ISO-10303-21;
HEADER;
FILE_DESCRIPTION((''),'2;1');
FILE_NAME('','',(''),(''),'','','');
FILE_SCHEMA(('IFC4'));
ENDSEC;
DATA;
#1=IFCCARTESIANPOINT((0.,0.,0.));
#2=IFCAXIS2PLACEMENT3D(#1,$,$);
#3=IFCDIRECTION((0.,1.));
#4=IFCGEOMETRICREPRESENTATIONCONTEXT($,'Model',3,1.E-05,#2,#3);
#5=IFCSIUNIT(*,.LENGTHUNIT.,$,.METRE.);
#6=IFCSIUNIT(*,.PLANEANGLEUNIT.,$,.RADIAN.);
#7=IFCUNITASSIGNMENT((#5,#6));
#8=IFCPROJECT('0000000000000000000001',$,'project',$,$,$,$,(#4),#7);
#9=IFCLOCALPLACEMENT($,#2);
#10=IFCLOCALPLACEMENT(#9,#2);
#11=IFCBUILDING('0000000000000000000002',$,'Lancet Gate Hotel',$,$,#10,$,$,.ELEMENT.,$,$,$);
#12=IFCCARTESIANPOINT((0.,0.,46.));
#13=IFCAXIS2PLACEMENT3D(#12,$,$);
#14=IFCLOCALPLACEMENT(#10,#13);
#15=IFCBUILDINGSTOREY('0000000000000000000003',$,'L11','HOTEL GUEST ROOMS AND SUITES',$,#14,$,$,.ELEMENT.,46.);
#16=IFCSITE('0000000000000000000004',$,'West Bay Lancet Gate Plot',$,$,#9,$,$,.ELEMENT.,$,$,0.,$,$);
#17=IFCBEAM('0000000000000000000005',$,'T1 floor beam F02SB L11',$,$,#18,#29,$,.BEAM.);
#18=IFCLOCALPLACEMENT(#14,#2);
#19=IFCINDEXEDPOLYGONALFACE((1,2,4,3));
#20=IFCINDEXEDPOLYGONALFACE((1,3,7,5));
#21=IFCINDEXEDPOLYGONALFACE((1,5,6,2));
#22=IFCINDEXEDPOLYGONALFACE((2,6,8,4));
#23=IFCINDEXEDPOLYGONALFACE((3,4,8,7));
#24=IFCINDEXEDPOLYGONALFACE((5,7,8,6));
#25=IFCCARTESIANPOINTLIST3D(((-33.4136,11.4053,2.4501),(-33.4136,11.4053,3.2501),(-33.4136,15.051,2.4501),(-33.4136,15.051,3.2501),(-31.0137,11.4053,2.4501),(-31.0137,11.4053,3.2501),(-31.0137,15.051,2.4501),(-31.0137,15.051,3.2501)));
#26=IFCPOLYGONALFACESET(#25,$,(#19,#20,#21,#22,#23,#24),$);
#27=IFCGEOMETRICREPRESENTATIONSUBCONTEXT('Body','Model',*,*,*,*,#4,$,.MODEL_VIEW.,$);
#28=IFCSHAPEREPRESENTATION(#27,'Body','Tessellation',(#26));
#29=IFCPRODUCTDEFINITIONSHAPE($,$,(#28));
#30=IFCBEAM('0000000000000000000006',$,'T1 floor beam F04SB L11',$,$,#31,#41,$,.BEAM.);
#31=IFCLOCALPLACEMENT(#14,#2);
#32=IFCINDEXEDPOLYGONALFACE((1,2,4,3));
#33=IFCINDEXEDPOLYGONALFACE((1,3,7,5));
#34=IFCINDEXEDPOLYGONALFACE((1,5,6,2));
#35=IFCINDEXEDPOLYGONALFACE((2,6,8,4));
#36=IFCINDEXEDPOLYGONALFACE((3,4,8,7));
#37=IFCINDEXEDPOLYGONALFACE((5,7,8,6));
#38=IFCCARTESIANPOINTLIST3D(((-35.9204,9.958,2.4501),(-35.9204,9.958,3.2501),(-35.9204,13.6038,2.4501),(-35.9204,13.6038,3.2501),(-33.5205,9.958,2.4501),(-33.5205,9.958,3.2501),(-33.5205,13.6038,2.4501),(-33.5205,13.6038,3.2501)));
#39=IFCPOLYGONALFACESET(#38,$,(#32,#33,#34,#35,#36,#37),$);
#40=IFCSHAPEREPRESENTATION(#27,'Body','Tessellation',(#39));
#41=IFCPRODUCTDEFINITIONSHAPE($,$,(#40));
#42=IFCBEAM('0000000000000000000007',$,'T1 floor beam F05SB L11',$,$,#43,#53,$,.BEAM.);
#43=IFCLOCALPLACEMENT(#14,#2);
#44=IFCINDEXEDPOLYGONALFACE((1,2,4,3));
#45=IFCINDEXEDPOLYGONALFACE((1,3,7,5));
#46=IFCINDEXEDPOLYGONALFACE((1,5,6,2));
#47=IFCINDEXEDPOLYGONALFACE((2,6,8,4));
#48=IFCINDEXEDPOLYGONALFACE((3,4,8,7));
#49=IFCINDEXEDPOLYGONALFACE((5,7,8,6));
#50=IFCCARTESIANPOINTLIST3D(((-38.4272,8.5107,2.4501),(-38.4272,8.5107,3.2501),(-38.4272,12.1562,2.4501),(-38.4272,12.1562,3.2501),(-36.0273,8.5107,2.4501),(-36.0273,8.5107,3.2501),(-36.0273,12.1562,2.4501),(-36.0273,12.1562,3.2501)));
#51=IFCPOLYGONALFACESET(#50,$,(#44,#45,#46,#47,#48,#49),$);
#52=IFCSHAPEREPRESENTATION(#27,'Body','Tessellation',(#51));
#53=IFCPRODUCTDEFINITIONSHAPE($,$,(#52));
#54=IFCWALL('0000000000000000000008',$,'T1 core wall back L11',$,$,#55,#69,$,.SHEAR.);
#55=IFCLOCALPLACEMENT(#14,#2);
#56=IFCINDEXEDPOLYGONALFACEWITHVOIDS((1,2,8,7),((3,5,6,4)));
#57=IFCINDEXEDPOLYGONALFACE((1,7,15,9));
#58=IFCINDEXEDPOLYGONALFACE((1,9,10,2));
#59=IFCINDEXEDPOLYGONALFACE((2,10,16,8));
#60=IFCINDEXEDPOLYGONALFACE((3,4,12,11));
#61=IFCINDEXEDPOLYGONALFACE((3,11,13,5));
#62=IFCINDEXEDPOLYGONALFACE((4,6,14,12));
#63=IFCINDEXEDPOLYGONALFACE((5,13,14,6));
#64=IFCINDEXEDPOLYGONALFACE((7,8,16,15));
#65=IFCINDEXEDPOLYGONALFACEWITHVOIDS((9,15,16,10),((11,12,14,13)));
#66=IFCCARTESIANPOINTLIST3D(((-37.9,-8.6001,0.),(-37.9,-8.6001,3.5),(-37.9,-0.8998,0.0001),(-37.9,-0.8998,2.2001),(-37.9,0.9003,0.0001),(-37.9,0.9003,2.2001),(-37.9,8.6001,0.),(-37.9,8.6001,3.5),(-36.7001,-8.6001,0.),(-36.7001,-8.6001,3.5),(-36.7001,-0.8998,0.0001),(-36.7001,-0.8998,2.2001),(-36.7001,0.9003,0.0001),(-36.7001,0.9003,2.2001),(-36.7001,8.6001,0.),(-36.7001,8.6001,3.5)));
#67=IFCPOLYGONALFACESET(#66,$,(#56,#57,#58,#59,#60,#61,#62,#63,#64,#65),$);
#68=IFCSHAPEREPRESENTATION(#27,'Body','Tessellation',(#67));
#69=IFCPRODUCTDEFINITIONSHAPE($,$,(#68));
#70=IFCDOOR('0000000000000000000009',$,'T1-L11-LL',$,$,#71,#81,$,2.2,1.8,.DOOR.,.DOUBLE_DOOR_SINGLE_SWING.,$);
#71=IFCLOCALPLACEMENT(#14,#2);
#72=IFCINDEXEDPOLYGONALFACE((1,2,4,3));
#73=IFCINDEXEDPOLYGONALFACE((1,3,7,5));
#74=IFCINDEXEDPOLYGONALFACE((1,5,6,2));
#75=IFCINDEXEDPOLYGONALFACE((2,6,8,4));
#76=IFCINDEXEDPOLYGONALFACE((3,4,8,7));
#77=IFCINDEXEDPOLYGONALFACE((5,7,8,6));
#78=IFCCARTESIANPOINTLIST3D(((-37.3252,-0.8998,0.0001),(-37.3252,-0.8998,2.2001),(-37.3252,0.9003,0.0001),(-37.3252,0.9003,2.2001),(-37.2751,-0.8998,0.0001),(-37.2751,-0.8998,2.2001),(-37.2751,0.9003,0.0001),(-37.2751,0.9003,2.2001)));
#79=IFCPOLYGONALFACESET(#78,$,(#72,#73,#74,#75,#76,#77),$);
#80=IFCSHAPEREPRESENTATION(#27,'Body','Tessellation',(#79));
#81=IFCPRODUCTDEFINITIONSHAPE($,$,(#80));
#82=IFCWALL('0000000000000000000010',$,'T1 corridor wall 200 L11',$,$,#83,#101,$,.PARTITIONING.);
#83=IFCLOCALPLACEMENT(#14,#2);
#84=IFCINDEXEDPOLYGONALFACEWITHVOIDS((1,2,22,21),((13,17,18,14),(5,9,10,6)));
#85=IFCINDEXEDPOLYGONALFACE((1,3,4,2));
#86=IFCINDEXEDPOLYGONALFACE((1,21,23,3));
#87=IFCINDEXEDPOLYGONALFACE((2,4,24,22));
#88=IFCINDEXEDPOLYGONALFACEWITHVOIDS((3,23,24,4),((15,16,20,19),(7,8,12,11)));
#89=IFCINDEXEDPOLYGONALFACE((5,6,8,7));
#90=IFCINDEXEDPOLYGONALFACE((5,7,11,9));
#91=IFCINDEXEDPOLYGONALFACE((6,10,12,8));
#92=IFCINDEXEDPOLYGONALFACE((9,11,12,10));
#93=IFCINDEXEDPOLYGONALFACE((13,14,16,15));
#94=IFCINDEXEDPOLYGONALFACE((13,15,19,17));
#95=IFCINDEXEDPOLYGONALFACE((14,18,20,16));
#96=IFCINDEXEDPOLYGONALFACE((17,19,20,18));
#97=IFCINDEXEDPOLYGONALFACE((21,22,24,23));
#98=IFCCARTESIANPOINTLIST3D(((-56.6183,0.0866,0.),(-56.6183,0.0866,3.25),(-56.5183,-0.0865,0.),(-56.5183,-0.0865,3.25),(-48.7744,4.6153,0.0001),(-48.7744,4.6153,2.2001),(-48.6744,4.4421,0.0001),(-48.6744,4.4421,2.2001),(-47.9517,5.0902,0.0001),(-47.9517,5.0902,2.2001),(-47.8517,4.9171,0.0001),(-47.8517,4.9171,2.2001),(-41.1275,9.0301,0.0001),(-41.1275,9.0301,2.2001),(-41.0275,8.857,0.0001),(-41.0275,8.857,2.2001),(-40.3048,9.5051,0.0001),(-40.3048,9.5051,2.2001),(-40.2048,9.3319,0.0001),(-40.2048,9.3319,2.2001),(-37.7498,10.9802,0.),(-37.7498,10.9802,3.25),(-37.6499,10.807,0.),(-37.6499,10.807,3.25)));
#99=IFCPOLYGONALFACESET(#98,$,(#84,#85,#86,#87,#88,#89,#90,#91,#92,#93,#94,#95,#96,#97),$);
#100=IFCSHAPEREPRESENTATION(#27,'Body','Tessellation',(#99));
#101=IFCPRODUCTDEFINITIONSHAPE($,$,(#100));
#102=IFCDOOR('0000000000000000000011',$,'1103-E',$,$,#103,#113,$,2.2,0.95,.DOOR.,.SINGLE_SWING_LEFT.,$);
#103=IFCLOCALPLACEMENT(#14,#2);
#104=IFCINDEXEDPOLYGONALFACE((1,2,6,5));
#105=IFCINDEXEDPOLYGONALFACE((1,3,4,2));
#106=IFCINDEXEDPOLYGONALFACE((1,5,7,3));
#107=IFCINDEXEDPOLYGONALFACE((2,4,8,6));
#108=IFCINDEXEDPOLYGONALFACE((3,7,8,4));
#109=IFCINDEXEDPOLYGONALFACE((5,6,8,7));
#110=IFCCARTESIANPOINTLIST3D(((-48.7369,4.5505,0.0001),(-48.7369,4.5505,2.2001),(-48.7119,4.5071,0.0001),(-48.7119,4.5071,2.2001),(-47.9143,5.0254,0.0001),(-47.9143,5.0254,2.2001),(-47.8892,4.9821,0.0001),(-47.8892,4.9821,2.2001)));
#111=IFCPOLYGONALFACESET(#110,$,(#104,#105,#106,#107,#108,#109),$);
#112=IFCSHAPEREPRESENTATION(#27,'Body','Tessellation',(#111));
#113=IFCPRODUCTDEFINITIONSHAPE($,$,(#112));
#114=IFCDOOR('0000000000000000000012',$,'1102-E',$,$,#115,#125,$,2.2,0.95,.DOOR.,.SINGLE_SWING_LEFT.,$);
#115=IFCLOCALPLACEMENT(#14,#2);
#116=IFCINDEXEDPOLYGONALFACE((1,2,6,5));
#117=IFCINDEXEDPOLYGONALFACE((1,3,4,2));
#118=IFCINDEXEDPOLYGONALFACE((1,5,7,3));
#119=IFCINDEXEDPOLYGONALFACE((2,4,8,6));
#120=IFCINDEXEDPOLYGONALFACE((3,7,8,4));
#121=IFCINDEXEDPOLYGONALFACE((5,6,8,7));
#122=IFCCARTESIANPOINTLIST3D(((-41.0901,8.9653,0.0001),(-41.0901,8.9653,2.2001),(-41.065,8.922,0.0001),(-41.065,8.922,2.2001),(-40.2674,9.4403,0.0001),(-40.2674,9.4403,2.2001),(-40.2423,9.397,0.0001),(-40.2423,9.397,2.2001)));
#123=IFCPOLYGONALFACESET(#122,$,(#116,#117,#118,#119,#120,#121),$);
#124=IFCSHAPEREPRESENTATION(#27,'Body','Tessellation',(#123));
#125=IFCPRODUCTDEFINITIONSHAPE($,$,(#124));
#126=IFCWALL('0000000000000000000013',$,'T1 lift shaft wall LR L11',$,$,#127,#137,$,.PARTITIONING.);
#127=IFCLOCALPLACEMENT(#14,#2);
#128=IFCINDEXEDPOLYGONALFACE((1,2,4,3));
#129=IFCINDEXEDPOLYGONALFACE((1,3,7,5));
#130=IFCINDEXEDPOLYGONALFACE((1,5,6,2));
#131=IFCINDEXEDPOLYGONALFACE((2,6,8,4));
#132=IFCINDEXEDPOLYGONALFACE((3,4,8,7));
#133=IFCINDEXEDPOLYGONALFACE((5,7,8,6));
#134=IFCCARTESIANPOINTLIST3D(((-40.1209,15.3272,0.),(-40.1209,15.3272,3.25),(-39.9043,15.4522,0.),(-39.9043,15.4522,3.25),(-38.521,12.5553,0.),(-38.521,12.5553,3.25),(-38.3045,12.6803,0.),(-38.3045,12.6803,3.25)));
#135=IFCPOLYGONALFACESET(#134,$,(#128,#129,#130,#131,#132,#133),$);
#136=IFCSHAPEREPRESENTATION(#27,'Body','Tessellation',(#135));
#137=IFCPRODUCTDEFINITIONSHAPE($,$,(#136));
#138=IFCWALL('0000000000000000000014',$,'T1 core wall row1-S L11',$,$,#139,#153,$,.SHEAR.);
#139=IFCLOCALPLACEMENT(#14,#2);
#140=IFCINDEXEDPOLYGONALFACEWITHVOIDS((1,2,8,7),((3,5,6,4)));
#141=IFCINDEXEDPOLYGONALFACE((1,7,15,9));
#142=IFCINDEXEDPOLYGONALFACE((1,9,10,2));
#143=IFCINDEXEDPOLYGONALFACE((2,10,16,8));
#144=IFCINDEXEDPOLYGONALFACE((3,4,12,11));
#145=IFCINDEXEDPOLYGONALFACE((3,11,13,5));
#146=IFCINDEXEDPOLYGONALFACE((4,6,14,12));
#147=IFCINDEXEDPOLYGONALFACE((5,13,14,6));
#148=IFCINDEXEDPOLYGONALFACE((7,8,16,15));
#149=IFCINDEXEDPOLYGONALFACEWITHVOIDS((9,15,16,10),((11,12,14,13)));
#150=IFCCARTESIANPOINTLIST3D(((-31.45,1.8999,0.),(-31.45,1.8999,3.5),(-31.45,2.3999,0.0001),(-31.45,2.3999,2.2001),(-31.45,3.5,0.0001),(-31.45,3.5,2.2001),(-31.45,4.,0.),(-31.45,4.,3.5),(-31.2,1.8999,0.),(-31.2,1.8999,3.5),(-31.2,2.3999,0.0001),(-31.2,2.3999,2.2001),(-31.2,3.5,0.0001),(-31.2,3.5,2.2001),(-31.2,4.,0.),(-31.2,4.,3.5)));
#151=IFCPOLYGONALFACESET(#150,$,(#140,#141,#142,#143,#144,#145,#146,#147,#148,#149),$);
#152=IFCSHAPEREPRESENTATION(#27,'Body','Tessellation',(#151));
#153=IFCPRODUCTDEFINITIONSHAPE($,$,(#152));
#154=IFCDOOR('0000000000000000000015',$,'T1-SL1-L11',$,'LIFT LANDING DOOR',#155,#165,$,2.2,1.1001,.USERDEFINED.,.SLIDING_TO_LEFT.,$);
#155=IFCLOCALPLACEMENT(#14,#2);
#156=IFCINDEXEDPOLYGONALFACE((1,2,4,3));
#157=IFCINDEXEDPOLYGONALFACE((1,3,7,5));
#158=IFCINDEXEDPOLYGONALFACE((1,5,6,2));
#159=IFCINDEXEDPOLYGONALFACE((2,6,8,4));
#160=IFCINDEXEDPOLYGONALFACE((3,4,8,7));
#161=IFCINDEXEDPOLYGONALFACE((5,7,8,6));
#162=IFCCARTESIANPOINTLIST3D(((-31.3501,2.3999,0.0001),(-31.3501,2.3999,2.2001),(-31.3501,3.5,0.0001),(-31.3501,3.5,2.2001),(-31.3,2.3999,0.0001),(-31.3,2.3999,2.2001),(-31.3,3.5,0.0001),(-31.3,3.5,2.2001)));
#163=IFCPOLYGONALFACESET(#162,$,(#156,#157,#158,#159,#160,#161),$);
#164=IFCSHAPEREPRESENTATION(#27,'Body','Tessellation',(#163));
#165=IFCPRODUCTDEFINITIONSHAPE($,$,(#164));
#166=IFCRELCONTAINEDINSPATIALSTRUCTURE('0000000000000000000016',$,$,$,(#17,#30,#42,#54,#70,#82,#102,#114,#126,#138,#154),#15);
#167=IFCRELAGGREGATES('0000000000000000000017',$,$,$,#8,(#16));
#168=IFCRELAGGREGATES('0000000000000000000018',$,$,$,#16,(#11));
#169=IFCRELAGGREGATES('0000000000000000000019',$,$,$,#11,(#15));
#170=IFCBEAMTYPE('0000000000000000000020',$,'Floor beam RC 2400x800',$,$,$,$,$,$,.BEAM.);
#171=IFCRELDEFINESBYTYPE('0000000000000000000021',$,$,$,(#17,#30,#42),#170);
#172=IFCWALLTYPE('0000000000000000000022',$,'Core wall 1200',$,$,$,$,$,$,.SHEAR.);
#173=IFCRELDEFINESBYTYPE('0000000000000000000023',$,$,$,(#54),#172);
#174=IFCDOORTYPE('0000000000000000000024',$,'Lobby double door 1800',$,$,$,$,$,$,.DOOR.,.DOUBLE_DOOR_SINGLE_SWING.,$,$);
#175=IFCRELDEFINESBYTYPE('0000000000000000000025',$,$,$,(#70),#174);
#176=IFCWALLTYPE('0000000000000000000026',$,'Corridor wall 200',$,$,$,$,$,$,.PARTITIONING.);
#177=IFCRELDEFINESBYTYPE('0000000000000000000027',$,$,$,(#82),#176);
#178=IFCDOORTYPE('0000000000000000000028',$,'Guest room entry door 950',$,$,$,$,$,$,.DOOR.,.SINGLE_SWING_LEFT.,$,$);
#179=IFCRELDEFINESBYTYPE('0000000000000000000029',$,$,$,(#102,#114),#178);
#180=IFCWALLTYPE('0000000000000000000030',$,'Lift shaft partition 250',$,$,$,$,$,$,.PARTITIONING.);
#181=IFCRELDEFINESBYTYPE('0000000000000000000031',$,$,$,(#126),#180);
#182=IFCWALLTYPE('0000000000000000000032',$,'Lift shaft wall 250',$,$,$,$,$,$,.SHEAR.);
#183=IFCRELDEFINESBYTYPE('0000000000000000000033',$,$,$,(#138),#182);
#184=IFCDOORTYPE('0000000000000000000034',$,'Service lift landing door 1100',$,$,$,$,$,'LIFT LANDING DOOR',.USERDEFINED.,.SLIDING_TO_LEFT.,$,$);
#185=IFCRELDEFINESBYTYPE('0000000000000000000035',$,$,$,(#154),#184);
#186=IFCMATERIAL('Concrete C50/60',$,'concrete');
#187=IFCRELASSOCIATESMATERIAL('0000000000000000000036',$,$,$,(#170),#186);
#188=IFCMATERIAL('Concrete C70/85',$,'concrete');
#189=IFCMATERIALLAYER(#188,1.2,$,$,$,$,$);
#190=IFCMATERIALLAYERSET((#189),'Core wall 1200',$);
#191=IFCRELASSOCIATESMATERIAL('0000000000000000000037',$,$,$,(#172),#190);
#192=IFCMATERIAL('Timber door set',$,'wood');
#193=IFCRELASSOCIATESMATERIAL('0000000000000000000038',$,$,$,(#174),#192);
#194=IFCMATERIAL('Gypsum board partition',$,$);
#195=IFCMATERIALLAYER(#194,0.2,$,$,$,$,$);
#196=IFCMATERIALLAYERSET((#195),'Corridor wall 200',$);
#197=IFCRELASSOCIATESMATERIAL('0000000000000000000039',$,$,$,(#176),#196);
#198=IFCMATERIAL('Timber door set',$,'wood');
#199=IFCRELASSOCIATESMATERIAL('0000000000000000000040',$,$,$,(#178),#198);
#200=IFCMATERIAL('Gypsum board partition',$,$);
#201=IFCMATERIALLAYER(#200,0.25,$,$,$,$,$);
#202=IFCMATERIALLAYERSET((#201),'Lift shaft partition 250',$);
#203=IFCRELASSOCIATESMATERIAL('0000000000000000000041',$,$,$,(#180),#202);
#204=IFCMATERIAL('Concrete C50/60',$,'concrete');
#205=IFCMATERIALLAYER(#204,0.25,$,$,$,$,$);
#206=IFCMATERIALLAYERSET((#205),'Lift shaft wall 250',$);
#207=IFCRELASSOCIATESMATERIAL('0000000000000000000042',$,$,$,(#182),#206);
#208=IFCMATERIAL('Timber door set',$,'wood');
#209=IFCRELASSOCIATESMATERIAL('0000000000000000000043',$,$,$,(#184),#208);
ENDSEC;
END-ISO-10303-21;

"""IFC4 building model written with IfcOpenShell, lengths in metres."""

from ifc_helpers import new_model, si_unit, direction, frame, frame_2d, origin, origin_2d, place, context, subcontext, project, spatial, rectangle, extrude, material, layer, layer_set, material_profile, profile_set, type_object, element, fill, save


model = new_model("IFC4")

# Units and contexts
model_context = context("Model", 3, precision=1e-05, world=origin(), true_north=direction((0.0, 1.0)))
body_context = subcontext(model_context, "Body", "Model", "MODEL_VIEW")
ifc_project = project(units=[si_unit("LENGTHUNIT", "METRE"), si_unit("PLANEANGLEUNIT", "RADIAN")], contexts=[model_context])

# Site, building, storey
site_placement = place(None, origin())
site = spatial("IfcSite", under=ifc_project, at=site_placement, Name="West Bay Lancet Gate Plot", CompositionType="ELEMENT", RefElevation=0.0)
building_placement = place(site_placement, origin())
building = spatial("IfcBuilding", under=site, at=building_placement, Name="Lancet Gate Hotel", CompositionType="ELEMENT")
storey_placement = place(building_placement, frame((0.0, 0.0, 46.0)))
storey = spatial("IfcBuildingStorey", under=building, at=storey_placement, Name="L11", Description="HOTEL GUEST ROOMS AND SUITES", CompositionType="ELEMENT", Elevation=46.0)

# Beams
ifc_material_1 = material(Name="Concrete C50/60", Category="concrete")
ifc_material_profile = material_profile(ifc_material_1, rectangle(XDim=2.3999, YDim=0.8, at=origin_2d()), Name="RC 2400x800")
ifc_profile_set = profile_set([ifc_material_profile], Name="Concrete C50/60")
beam_type = type_object("IfcBeamType", Name="Floor beam RC 2400x800", PredefinedType="BEAM", material=ifc_profile_set)
for number, where, z_axis, x_axis, name in (
    (1, (-32.2136, 15.051, 2.8501), (0.0, -1.0, 0.0), (1.0, 0.0, 0.0), "T1 floor beam F02SB L11"),
    (2, (-34.7205, 13.6038, 2.8501), (0.0, -1.0, 0.0), (1.0, 0.0, 0.0), "T1 floor beam F04SB L11"),
):
    element("IfcBeam", number, at=place(storey_placement, frame(where, z_axis=z_axis, x_axis=x_axis)), inside=storey, type_object=beam_type, Name=name, PredefinedType="BEAM", context=body_context, shape_type="SweptSolid", body=[
        extrude(rectangle(XDim=2.3999, YDim=0.8, at=origin_2d()), origin(), (0.0, 0.0, 1.0), 3.6458),
    ])
beam_placement = place(storey_placement, frame((-37.2273, 12.1562, 2.8501), z_axis=(0.0, -1.0, 0.0), x_axis=(1.0, 0.0, 0.0)))
element("IfcBeam", 3, at=beam_placement, inside=storey, type_object=beam_type, Name="T1 floor beam F05SB L11", PredefinedType="BEAM", context=body_context, shape_type="SweptSolid", body=[
    extrude(rectangle(XDim=2.3999, YDim=0.8, at=origin_2d()), origin(), (0.0, 0.0, 1.0), 3.6455),
])

# Wall, opening, door
ifc_material_2 = material(Name="Concrete C70/85", Category="concrete")
ifc_layer_1 = layer(ifc_material_2, 1.2)
ifc_layer_set_1 = layer_set([ifc_layer_1], Name="Core wall 1200")
wall_type_1 = type_object("IfcWallType", Name="Core wall 1200", PredefinedType="SHEAR", material=ifc_layer_set_1)
wall_1_placement = place(storey_placement, frame((-37.3, 8.6001, 0.0), z_axis=(0.0, 0.0, 1.0), x_axis=(0.0, -1.0, 0.0)))
wall_1 = element("IfcWall", 4, at=wall_1_placement, inside=storey, type_object=wall_type_1, Name="T1 core wall back L11", PredefinedType="SHEAR", context=body_context, shape_type="SweptSolid", body=[
    extrude(rectangle(XDim=17.2002, YDim=1.2, at=frame_2d((8.6001, 0.0))), origin(), (0.0, 0.0, 1.0), 3.5),
])
opening_1_placement = place(wall_1_placement, frame((7.7, 0.0, 0.0)))
opening_1 = element("IfcOpeningElement", 5, at=opening_1_placement, cuts=wall_1, PredefinedType="OPENING", context=body_context, shape_type="SweptSolid", body=[
    extrude(rectangle(XDim=1.8, YDim=2.2, at=frame_2d((0.8999, 1.1001))), frame((0.0, 0.6099, 0.0), z_axis=(0.0, -1.0, 0.0), x_axis=(1.0, 0.0, 0.0)), (0.0, 0.0, 1.0), 1.22),
])
ifc_material_3 = material(Name="Timber door set", Category="wood")
door_type_1 = type_object("IfcDoorType", Name="Lobby double door 1800", OperationType="DOUBLE_DOOR_SINGLE_SWING", PredefinedType="DOOR", material=ifc_material_3)
door_1_placement = place(opening_1_placement, origin())
door_1 = element("IfcDoor", 6, at=door_1_placement, inside=storey, type_object=door_type_1, Name="T1-L11-LL", OperationType="DOUBLE_DOOR_SINGLE_SWING", OverallHeight=2.2, OverallWidth=1.8, PredefinedType="DOOR", context=body_context, shape_type="SweptSolid", body=[
    extrude(rectangle(XDim=1.8, YDim=2.2, at=frame_2d((0.8999, 1.1001))), frame((0.0, 0.0249, 0.0), z_axis=(0.0, -1.0, 0.0), x_axis=(1.0, 0.0, 0.0)), (0.0, 0.0, 1.0), 0.05),
])
fill(opening_1, door_1)

# Wall, openings, doors
ifc_material_4 = material(Name="Gypsum board partition")
ifc_layer_2 = layer(ifc_material_4, 0.2)
ifc_layer_set_2 = layer_set([ifc_layer_2], Name="Corridor wall 200")
wall_type_2 = type_object("IfcWallType", Name="Corridor wall 200", PredefinedType="PARTITIONING", material=ifc_layer_set_2)
wall_2_placement = place(storey_placement, frame((-37.7, 10.8936, 0.0), z_axis=(0.0, 0.0, 1.0), x_axis=(-0.866028, -0.499996, 0.0)))
wall_2 = element("IfcWall", 7, at=wall_2_placement, inside=storey, type_object=wall_type_2, Name="T1 corridor wall 200 L11", PredefinedType="PARTITIONING", context=body_context, shape_type="SweptSolid", body=[
    extrude(rectangle(XDim=21.7874, YDim=0.2, at=frame_2d((10.8936, 0.0))), origin(), (0.0, 0.0, 1.0), 3.25),
])
opening_2_placement = place(wall_2_placement, frame((11.7798, 0.0, 0.0)))
opening_2 = element("IfcOpeningElement", 8, at=opening_2_placement, cuts=wall_2, PredefinedType="OPENING", context=body_context, shape_type="SweptSolid", body=[
    extrude(rectangle(XDim=0.95, YDim=2.2, at=frame_2d((0.4751, 1.1001))), frame((0.0, 0.1099, 0.0), z_axis=(0.0, -1.0, 0.0), x_axis=(1.0, 0.0, 0.0)), (0.0, 0.0, 1.0), 0.22),
])
opening_3_placement = place(wall_2_placement, frame((2.95, 0.0, 0.0)))
opening_3 = element("IfcOpeningElement", 9, at=opening_3_placement, cuts=wall_2, PredefinedType="OPENING", context=body_context, shape_type="SweptSolid", body=[
    extrude(rectangle(XDim=0.95, YDim=2.2, at=frame_2d((0.4751, 1.1001))), frame((0.0, 0.1099, 0.0), z_axis=(0.0, -1.0, 0.0), x_axis=(1.0, 0.0, 0.0)), (0.0, 0.0, 1.0), 0.22),
])
ifc_material_5 = material(Name="Timber door set", Category="wood")
door_type_2 = type_object("IfcDoorType", Name="Guest room entry door 950", OperationType="SINGLE_SWING_LEFT", PredefinedType="DOOR", material=ifc_material_5)
door_2_placement = place(opening_2_placement, origin())
door_2 = element("IfcDoor", 10, at=door_2_placement, inside=storey, type_object=door_type_2, Name="1103-E", OperationType="SINGLE_SWING_LEFT", OverallHeight=2.2, OverallWidth=0.95, PredefinedType="DOOR", context=body_context, shape_type="SweptSolid", body=[
    extrude(rectangle(XDim=0.95, YDim=2.2, at=frame_2d((0.4751, 1.1001))), frame((0.0, 0.0249, 0.0), z_axis=(0.0, -1.0, 0.0), x_axis=(1.0, 0.0, 0.0)), (0.0, 0.0, 1.0), 0.05),
])
fill(opening_2, door_2)
door_3_placement = place(opening_3_placement, origin())
door_3 = element("IfcDoor", 11, at=door_3_placement, inside=storey, type_object=door_type_2, Name="1102-E", OperationType="SINGLE_SWING_LEFT", OverallHeight=2.2, OverallWidth=0.95, PredefinedType="DOOR", context=body_context, shape_type="SweptSolid", body=[
    extrude(rectangle(XDim=0.95, YDim=2.2, at=frame_2d((0.4751, 1.1001))), frame((0.0, 0.0249, 0.0), z_axis=(0.0, -1.0, 0.0), x_axis=(1.0, 0.0, 0.0)), (0.0, 0.0, 1.0), 0.05),
])
fill(opening_3, door_3)

# Wall
ifc_material_6 = material(Name="Gypsum board partition")
ifc_layer_3 = layer(ifc_material_6, 0.25)
ifc_layer_set_3 = layer_set([ifc_layer_3], Name="Lift shaft partition 250")
wall_type_3 = type_object("IfcWallType", Name="Lift shaft partition 250", PredefinedType="PARTITIONING", material=ifc_layer_set_3)
wall_3_placement = place(storey_placement, frame((-38.4128, 12.6179, 0.0), z_axis=(0.0, 0.0, 1.0), x_axis=(-0.499872, 0.866099, 0.0)))
element("IfcWall", 12, at=wall_3_placement, inside=storey, type_object=wall_type_3, Name="T1 lift shaft wall LR L11", PredefinedType="PARTITIONING", context=body_context, shape_type="SweptSolid", body=[
    extrude(rectangle(XDim=3.2004, YDim=0.25, at=frame_2d((1.6001, 0.0))), origin(), (0.0, 0.0, 1.0), 3.25),
])

# Wall, opening, door
ifc_material_7 = material(Name="Concrete C50/60", Category="concrete")
ifc_layer_4 = layer(ifc_material_7, 0.25)
ifc_layer_set_4 = layer_set([ifc_layer_4], Name="Lift shaft wall 250")
wall_type_4 = type_object("IfcWallType", Name="Lift shaft wall 250", PredefinedType="SHEAR", material=ifc_layer_set_4)
wall_4_placement = place(storey_placement, frame((-31.325, 4.0, 0.0), z_axis=(0.0, 0.0, 1.0), x_axis=(0.0, -1.0, 0.0)))
wall_4 = element("IfcWall", 13, at=wall_4_placement, inside=storey, type_object=wall_type_4, Name="T1 core wall row1-S L11", PredefinedType="SHEAR", context=body_context, shape_type="SweptSolid", body=[
    extrude(rectangle(XDim=2.1001, YDim=0.25, at=frame_2d((1.05, 0.0))), origin(), (0.0, 0.0, 1.0), 3.5),
])
opening_4_placement = place(wall_4_placement, frame((0.5, 0.0, 0.0)))
opening_4 = element("IfcOpeningElement", 14, at=opening_4_placement, cuts=wall_4, PredefinedType="OPENING", context=body_context, shape_type="SweptSolid", body=[
    extrude(rectangle(XDim=1.1001, YDim=2.2, at=frame_2d((0.55, 1.1001))), frame((0.0, 0.135, 0.0), z_axis=(0.0, -1.0, 0.0), x_axis=(1.0, 0.0, 0.0)), (0.0, 0.0, 1.0), 0.27),
])
ifc_material_8 = material(Name="Timber door set", Category="wood")
door_type_3 = type_object("IfcDoorType", Name="Service lift landing door 1100", ElementType="LIFT LANDING DOOR", OperationType="SLIDING_TO_LEFT", PredefinedType="USERDEFINED", material=ifc_material_8)
door_4_placement = place(opening_4_placement, origin())
door_4 = element("IfcDoor", 15, at=door_4_placement, inside=storey, type_object=door_type_3, Name="T1-SL1-L11", ObjectType="LIFT LANDING DOOR", OperationType="SLIDING_TO_LEFT", OverallHeight=2.2, OverallWidth=1.1001, PredefinedType="USERDEFINED", context=body_context, shape_type="SweptSolid", body=[
    extrude(rectangle(XDim=1.1001, YDim=2.2, at=frame_2d((0.55, 1.1001))), frame((0.0, 0.0249, 0.0), z_axis=(0.0, -1.0, 0.0), x_axis=(1.0, 0.0, 0.0)), (0.0, 0.0, 1.0), 0.05),
])
fill(opening_4, door_4)

save(model, "model.ifc")
